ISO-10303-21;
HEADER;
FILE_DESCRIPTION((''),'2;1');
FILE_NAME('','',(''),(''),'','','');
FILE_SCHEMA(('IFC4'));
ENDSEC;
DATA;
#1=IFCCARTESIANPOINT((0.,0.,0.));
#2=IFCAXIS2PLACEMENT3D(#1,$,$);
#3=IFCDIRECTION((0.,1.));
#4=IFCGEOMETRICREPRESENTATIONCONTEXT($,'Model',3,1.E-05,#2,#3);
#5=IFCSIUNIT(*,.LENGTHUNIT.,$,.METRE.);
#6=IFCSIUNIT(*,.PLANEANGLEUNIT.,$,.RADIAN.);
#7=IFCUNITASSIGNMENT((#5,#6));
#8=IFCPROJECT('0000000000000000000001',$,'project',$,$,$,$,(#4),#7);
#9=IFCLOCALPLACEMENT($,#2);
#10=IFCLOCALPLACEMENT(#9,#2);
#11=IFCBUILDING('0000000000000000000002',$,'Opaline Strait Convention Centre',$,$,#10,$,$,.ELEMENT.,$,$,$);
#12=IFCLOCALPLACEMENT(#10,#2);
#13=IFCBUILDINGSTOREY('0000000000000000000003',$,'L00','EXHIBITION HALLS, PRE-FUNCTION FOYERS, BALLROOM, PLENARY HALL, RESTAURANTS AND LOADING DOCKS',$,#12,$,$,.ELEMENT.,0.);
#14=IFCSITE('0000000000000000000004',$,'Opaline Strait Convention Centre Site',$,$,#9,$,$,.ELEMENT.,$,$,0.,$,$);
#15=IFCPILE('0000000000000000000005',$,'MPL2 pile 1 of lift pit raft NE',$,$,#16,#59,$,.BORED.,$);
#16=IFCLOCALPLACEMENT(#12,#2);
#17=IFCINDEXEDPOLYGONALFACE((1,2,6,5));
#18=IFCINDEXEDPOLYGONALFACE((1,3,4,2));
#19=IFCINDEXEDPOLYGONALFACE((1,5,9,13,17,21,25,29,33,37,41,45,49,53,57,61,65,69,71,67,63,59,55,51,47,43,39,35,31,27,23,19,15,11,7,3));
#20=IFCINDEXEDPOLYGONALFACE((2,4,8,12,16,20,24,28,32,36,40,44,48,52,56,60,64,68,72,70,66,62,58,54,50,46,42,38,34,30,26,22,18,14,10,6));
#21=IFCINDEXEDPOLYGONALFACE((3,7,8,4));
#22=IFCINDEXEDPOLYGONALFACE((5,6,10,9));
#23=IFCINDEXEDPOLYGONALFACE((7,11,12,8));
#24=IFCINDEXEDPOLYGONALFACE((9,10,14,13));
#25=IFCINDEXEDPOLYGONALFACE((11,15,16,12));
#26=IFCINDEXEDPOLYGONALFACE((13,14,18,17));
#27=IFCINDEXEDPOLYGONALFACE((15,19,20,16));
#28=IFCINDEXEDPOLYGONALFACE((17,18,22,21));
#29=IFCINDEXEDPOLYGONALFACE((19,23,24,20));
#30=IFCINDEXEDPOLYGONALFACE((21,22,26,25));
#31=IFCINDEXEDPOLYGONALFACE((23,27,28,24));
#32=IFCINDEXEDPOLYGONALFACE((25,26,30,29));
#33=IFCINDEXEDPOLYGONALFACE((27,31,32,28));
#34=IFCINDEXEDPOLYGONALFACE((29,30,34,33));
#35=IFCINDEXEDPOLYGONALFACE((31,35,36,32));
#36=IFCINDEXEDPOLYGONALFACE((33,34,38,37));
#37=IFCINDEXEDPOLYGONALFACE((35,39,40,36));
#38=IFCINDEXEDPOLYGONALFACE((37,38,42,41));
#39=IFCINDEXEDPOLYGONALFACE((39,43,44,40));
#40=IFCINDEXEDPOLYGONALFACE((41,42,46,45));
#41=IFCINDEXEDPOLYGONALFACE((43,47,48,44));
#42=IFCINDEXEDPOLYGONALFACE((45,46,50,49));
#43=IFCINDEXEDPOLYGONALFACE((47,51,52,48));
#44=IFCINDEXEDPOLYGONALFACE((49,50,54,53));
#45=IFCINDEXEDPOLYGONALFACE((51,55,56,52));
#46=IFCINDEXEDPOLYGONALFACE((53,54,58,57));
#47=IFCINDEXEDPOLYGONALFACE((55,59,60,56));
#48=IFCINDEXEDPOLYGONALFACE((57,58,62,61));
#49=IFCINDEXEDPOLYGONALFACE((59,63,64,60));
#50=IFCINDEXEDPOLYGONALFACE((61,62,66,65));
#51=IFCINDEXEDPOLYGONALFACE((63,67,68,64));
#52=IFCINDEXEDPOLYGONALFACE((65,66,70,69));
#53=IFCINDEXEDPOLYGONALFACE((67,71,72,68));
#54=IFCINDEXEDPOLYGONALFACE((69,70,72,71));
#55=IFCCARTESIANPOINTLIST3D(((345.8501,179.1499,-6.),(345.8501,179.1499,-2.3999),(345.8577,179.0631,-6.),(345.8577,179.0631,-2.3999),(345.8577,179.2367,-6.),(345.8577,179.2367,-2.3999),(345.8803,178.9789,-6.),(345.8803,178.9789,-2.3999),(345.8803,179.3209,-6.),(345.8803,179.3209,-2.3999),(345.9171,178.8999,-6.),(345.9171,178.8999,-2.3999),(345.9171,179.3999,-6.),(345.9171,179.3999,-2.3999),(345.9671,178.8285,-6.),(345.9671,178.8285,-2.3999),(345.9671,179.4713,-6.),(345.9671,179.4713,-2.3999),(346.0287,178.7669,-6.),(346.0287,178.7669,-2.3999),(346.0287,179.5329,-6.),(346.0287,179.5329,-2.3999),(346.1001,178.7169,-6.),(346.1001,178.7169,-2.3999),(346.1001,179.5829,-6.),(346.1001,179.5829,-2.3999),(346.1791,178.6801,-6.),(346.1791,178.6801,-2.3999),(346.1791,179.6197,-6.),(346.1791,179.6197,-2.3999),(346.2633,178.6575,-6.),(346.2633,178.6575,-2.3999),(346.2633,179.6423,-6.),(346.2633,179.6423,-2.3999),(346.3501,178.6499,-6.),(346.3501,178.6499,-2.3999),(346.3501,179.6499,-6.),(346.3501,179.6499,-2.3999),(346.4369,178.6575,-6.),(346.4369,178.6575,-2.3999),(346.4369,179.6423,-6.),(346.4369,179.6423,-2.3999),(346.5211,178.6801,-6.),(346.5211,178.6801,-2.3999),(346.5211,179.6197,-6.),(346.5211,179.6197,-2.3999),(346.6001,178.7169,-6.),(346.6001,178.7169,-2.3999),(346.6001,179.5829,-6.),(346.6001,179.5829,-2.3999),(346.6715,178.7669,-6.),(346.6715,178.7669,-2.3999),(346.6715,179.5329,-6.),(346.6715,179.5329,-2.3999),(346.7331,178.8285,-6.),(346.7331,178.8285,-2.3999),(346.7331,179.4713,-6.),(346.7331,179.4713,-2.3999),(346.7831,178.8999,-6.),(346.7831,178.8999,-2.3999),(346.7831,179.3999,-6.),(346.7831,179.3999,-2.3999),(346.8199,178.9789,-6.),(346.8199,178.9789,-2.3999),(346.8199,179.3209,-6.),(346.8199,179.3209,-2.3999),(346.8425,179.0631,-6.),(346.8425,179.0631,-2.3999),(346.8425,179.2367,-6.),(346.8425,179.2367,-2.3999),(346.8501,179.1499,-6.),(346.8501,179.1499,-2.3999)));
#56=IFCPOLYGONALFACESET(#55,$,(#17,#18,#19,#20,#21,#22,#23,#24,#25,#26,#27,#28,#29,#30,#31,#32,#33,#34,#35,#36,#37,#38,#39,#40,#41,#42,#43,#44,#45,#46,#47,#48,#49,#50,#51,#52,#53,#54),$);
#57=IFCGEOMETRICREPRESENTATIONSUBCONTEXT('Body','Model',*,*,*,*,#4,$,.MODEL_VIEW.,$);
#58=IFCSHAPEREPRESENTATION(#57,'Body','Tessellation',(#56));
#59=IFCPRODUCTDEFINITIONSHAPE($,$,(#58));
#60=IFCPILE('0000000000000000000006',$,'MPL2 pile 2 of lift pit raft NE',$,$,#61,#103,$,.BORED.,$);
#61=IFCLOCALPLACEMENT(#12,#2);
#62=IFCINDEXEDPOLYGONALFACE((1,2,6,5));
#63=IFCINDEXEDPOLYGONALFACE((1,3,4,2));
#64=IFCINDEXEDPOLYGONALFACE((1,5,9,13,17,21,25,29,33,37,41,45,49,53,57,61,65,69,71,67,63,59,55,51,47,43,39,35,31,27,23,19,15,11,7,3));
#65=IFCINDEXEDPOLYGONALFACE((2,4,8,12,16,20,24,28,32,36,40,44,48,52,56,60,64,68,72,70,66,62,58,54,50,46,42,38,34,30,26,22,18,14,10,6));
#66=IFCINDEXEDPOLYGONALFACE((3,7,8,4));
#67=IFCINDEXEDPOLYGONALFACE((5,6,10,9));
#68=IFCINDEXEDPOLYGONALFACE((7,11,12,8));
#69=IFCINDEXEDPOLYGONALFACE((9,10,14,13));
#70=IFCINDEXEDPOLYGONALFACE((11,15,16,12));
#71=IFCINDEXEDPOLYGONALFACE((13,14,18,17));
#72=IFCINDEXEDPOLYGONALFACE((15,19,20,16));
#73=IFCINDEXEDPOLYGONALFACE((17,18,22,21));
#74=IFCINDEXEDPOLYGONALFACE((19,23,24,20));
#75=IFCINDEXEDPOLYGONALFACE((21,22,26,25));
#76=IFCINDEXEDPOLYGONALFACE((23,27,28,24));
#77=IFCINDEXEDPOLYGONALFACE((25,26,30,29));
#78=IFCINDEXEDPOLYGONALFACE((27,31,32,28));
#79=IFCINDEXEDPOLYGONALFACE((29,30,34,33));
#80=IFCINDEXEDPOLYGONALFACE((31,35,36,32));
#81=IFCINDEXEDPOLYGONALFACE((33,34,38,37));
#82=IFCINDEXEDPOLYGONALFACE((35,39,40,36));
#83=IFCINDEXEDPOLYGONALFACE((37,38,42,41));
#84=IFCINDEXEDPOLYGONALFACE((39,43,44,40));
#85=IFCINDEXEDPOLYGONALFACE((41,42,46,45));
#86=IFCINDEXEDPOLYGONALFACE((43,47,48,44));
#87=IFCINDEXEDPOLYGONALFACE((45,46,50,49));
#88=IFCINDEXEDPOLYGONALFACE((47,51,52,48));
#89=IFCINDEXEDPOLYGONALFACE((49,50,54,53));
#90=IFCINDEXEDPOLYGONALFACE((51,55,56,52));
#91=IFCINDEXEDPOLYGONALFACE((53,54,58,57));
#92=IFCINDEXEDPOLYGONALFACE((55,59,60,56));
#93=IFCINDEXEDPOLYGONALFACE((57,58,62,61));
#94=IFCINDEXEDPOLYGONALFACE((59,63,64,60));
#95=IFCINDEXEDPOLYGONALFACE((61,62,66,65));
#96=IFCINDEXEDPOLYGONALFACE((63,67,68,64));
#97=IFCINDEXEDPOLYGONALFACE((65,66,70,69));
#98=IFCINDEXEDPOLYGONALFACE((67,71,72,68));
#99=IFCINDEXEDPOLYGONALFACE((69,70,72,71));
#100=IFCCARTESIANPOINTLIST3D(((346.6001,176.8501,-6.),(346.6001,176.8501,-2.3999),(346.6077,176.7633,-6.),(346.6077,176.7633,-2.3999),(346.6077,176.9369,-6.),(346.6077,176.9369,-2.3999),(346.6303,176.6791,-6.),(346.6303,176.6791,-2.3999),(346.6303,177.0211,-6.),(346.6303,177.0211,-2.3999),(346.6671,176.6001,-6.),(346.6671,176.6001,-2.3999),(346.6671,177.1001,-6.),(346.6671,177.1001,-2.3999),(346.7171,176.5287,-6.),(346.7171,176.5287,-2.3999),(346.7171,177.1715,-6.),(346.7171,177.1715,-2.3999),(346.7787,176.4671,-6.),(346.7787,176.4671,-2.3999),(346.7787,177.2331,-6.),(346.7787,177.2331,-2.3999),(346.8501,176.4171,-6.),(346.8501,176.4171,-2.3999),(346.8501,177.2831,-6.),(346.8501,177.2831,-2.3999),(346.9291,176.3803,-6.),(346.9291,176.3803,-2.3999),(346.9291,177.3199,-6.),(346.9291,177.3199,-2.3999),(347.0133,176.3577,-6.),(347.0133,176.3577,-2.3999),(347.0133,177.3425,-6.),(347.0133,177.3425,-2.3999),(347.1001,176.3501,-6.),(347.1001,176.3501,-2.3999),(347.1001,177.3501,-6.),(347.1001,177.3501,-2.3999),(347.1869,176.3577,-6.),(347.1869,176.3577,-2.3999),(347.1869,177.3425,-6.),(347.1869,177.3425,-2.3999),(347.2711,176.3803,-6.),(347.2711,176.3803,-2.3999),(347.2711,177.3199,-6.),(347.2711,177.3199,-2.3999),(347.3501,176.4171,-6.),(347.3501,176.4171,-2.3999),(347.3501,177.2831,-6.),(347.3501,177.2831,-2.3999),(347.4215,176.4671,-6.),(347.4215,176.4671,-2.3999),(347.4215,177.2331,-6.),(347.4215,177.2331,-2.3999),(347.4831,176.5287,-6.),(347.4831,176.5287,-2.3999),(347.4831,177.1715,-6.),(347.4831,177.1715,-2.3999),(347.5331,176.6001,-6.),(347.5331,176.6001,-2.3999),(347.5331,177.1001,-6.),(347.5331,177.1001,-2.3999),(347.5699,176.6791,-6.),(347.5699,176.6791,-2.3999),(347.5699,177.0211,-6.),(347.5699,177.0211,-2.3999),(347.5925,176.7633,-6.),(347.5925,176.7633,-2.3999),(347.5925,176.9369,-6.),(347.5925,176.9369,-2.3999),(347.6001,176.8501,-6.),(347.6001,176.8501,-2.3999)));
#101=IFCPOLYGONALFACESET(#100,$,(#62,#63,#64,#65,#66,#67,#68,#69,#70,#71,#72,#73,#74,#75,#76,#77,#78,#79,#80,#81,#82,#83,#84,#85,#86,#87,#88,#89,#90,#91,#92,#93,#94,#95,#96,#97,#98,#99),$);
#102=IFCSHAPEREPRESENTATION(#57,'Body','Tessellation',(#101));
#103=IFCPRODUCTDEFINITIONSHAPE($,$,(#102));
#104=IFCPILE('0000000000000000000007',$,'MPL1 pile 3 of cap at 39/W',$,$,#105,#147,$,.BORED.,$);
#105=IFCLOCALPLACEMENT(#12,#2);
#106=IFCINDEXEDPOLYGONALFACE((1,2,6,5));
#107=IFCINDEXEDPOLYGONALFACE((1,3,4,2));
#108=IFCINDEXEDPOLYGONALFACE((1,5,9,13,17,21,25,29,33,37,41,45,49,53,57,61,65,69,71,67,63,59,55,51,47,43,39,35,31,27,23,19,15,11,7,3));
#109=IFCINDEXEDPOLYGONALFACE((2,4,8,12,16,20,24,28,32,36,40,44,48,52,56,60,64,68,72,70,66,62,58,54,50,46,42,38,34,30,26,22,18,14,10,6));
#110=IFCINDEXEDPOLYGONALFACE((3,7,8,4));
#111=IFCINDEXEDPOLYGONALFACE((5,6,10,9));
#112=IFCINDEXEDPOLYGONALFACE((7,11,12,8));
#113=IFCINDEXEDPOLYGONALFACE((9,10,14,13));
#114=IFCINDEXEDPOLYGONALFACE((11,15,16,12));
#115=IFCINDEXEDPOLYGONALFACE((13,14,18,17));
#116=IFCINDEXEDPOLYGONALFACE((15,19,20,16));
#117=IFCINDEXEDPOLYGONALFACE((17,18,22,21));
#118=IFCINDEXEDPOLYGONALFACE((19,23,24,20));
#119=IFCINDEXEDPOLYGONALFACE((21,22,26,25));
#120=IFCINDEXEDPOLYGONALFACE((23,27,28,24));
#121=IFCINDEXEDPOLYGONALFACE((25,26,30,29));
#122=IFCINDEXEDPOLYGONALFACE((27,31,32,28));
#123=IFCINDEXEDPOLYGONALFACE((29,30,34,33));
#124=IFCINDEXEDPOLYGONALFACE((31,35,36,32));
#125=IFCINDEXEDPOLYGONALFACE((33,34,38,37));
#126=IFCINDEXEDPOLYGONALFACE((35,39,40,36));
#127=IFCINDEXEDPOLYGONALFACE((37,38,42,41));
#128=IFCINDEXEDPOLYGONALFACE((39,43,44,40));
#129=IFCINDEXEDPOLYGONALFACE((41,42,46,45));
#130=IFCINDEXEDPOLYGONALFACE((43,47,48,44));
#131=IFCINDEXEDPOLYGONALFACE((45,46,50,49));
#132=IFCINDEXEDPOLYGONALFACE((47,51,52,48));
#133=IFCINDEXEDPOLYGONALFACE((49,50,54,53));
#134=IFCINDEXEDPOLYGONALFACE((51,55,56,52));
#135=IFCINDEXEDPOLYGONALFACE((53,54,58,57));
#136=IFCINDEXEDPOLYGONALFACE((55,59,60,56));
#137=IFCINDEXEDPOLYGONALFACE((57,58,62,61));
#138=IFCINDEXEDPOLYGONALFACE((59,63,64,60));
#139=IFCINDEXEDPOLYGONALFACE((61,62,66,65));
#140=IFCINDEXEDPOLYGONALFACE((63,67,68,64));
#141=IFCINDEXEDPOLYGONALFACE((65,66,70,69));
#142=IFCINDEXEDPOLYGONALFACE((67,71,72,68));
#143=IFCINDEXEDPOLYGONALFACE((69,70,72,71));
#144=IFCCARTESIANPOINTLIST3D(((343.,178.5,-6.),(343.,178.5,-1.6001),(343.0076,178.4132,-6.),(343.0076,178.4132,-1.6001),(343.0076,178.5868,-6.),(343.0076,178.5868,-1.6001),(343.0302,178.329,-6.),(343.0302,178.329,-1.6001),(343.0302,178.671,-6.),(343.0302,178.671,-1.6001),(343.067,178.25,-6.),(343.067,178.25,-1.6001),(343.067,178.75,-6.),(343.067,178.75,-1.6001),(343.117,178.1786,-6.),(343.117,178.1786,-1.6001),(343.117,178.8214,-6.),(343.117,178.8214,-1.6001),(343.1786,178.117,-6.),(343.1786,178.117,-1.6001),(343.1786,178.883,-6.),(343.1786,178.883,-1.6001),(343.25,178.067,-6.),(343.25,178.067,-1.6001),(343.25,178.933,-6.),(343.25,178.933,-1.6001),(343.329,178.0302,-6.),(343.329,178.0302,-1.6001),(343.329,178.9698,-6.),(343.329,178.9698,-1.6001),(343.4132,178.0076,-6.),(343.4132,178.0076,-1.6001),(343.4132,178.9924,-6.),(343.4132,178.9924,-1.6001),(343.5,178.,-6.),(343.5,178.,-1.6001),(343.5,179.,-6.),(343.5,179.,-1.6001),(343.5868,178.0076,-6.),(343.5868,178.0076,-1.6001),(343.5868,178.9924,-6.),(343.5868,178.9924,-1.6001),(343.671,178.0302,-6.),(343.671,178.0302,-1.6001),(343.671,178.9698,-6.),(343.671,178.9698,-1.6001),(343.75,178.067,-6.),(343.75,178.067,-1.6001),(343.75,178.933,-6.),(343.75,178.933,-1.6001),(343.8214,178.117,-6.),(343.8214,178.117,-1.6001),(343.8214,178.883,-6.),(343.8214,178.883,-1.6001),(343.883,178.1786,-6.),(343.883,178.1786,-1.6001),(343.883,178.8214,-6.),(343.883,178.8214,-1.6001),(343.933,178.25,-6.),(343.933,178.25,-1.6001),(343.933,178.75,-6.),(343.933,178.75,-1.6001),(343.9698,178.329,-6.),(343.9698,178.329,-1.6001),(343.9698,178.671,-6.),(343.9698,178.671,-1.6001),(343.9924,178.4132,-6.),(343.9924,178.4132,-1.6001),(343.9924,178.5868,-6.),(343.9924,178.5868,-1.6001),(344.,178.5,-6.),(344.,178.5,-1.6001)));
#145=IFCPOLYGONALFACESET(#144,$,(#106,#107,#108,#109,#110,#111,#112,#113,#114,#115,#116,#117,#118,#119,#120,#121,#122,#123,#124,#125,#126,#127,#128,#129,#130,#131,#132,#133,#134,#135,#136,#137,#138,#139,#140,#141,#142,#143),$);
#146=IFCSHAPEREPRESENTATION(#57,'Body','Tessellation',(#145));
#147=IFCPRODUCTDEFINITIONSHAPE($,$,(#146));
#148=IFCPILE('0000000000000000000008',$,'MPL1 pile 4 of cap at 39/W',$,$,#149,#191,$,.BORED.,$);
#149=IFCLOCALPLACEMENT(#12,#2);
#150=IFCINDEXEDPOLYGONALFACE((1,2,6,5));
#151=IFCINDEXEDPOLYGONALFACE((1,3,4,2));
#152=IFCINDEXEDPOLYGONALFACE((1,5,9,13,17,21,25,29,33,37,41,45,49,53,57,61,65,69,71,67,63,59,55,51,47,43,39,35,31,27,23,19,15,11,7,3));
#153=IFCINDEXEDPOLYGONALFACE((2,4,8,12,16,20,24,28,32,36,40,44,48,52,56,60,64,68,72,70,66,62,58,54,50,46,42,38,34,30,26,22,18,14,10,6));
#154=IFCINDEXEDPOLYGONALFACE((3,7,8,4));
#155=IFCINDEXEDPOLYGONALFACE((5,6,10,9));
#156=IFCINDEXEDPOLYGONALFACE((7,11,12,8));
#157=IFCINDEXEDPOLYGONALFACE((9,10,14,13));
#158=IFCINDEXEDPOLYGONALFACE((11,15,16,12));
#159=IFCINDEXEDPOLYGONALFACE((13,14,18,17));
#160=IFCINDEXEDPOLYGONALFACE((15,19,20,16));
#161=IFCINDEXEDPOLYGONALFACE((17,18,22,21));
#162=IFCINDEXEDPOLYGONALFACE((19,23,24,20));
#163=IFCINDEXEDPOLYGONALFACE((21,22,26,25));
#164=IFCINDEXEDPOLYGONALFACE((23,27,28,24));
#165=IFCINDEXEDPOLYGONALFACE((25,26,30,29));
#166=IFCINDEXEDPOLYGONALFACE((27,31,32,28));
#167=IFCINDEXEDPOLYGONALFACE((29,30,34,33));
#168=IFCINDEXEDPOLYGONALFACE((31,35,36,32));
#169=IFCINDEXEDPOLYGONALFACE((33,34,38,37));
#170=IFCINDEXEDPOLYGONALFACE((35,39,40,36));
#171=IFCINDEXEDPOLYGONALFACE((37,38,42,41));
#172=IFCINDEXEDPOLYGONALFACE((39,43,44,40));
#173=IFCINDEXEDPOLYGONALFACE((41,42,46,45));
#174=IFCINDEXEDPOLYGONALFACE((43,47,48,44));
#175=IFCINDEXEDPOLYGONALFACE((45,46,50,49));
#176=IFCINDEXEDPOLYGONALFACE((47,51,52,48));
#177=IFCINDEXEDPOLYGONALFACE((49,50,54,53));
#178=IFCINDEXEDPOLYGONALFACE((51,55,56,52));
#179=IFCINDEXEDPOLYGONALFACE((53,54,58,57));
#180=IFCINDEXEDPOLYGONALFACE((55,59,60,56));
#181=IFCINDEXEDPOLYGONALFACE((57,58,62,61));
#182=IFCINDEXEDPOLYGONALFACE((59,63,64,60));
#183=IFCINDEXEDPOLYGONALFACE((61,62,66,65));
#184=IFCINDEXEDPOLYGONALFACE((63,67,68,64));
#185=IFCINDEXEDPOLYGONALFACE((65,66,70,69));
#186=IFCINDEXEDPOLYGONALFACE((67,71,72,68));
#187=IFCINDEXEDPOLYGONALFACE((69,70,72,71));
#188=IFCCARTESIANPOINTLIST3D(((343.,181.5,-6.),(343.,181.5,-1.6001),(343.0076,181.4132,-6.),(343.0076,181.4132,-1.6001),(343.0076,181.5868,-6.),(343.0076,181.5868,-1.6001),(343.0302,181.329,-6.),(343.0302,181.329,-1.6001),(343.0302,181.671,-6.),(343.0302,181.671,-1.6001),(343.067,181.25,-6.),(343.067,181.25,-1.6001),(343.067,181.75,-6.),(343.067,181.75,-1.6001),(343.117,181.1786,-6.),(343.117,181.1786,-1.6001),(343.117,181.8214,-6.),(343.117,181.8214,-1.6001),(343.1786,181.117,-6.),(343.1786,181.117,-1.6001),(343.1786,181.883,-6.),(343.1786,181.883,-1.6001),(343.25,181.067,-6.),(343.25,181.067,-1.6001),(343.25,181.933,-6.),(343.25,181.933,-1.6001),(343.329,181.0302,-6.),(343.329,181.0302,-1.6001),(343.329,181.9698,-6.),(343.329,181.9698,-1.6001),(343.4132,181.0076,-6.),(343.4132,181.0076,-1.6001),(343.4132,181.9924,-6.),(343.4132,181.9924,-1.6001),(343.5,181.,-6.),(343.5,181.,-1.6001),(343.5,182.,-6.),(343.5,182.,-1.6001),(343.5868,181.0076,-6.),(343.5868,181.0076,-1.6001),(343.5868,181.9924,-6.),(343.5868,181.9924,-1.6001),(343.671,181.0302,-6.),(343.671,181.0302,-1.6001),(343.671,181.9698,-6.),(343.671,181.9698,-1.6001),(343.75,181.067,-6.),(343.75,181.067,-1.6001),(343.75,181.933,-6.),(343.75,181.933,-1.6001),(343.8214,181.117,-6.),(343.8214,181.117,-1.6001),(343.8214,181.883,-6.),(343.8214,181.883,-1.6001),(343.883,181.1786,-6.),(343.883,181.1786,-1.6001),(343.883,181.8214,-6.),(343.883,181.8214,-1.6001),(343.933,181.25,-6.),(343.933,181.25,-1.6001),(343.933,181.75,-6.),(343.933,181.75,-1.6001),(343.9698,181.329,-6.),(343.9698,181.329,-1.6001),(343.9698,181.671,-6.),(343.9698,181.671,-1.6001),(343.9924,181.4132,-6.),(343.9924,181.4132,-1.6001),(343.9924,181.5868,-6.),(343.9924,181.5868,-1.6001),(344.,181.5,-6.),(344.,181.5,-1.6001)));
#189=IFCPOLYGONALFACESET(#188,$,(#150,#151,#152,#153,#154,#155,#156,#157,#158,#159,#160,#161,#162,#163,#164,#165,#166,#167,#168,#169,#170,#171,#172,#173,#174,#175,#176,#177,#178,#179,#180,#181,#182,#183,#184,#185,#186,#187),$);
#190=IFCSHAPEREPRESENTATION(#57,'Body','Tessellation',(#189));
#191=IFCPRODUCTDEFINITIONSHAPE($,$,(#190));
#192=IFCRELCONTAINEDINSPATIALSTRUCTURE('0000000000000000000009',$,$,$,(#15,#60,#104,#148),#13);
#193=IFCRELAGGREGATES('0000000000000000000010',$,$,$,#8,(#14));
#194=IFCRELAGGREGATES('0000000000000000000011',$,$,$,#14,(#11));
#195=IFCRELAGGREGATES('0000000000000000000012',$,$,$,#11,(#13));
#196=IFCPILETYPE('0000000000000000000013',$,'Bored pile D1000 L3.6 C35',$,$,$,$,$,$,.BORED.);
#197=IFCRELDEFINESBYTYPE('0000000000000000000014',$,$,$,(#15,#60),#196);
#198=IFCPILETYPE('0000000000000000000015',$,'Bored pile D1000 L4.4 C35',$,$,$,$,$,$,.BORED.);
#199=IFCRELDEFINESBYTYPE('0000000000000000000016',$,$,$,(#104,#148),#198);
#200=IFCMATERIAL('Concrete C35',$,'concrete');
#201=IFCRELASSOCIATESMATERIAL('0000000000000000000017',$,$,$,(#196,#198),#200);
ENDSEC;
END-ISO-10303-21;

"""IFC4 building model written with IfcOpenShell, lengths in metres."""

from ifc_helpers import new_model, si_unit, direction, frame, origin, origin_2d, place, context, subcontext, project, spatial, circle, extrude, material, material_profile, profile_set, type_object, element, save


model = new_model("IFC4")

# Units and contexts
model_context = context("Model", 3, precision=1e-05, world=origin(), true_north=direction((0.0, 1.0)))
body_context = subcontext(model_context, "Body", "Model", "MODEL_VIEW")
ifc_project = project(units=[si_unit("LENGTHUNIT", "METRE"), si_unit("PLANEANGLEUNIT", "RADIAN")], contexts=[model_context])

# Site, building, storey
site_placement = place(None, origin())
site = spatial("IfcSite", under=ifc_project, at=site_placement, Name="Opaline Strait Convention Centre Site", CompositionType="ELEMENT", RefElevation=0.0)
building_placement = place(site_placement, origin())
building = spatial("IfcBuilding", under=site, at=building_placement, Name="Opaline Strait Convention Centre", CompositionType="ELEMENT")
storey_placement = place(building_placement, origin())
storey = spatial("IfcBuildingStorey", under=building, at=storey_placement, Name="L00", Description="EXHIBITION HALLS, PRE-FUNCTION FOYERS, BALLROOM, PLENARY HALL, RESTAURANTS AND LOADING DOCKS", CompositionType="ELEMENT", Elevation=0.0)

# Piles
ifc_material_1 = material(Name="Concrete C35", Category="concrete")
ifc_material_profile_1 = material_profile(ifc_material_1, circle(Radius=0.5, at=origin_2d()), Name="D1000")
ifc_profile_set_1 = profile_set([ifc_material_profile_1], Name="Concrete C35")
pile_type_1 = type_object("IfcPileType", Name="Bored pile D1000 L3.6 C35", PredefinedType="BORED", material=ifc_profile_set_1)
for number, where, z_axis, x_axis, name in (
    (1, (346.3501, 179.1499, -2.3999), (0.0, 0.0, -1.0), (1.0, 0.0, 0.0), "MPL2 pile 1 of lift pit raft NE"),
    (2, (347.1001, 176.8501, -2.3999), (0.0, 0.0, -1.0), (1.0, 0.0, 0.0), "MPL2 pile 2 of lift pit raft NE"),
):
    element("IfcPile", number, at=place(storey_placement, frame(where, z_axis=z_axis, x_axis=x_axis)), inside=storey, type_object=pile_type_1, Name=name, PredefinedType="BORED", context=body_context, shape_type="SweptSolid", body=[
        extrude(circle(Radius=0.5, at=origin_2d()), origin(), (0.0, 0.0, 1.0), 3.6001),
    ])
ifc_material_profile_2 = material_profile(ifc_material_1, circle(Radius=0.5, at=origin_2d()), Name="D1000")
ifc_profile_set_2 = profile_set([ifc_material_profile_2], Name="Concrete C35")
pile_type_2 = type_object("IfcPileType", Name="Bored pile D1000 L4.4 C35", PredefinedType="BORED", material=ifc_profile_set_2)
for number, where, z_axis, x_axis, name in (
    (3, (343.5, 178.5, -1.6001), (0.0, 0.0, -1.0), (1.0, 0.0, 0.0), "MPL1 pile 3 of cap at 39/W"),
    (4, (343.5, 181.5, -1.6001), (0.0, 0.0, -1.0), (1.0, 0.0, 0.0), "MPL1 pile 4 of cap at 39/W"),
):
    element("IfcPile", number, at=place(storey_placement, frame(where, z_axis=z_axis, x_axis=x_axis)), inside=storey, type_object=pile_type_2, Name=name, PredefinedType="BORED", context=body_context, shape_type="SweptSolid", body=[
        extrude(circle(Radius=0.5, at=origin_2d()), origin(), (0.0, 0.0, 1.0), 4.3999),
    ])

save(model, "model.ifc")
